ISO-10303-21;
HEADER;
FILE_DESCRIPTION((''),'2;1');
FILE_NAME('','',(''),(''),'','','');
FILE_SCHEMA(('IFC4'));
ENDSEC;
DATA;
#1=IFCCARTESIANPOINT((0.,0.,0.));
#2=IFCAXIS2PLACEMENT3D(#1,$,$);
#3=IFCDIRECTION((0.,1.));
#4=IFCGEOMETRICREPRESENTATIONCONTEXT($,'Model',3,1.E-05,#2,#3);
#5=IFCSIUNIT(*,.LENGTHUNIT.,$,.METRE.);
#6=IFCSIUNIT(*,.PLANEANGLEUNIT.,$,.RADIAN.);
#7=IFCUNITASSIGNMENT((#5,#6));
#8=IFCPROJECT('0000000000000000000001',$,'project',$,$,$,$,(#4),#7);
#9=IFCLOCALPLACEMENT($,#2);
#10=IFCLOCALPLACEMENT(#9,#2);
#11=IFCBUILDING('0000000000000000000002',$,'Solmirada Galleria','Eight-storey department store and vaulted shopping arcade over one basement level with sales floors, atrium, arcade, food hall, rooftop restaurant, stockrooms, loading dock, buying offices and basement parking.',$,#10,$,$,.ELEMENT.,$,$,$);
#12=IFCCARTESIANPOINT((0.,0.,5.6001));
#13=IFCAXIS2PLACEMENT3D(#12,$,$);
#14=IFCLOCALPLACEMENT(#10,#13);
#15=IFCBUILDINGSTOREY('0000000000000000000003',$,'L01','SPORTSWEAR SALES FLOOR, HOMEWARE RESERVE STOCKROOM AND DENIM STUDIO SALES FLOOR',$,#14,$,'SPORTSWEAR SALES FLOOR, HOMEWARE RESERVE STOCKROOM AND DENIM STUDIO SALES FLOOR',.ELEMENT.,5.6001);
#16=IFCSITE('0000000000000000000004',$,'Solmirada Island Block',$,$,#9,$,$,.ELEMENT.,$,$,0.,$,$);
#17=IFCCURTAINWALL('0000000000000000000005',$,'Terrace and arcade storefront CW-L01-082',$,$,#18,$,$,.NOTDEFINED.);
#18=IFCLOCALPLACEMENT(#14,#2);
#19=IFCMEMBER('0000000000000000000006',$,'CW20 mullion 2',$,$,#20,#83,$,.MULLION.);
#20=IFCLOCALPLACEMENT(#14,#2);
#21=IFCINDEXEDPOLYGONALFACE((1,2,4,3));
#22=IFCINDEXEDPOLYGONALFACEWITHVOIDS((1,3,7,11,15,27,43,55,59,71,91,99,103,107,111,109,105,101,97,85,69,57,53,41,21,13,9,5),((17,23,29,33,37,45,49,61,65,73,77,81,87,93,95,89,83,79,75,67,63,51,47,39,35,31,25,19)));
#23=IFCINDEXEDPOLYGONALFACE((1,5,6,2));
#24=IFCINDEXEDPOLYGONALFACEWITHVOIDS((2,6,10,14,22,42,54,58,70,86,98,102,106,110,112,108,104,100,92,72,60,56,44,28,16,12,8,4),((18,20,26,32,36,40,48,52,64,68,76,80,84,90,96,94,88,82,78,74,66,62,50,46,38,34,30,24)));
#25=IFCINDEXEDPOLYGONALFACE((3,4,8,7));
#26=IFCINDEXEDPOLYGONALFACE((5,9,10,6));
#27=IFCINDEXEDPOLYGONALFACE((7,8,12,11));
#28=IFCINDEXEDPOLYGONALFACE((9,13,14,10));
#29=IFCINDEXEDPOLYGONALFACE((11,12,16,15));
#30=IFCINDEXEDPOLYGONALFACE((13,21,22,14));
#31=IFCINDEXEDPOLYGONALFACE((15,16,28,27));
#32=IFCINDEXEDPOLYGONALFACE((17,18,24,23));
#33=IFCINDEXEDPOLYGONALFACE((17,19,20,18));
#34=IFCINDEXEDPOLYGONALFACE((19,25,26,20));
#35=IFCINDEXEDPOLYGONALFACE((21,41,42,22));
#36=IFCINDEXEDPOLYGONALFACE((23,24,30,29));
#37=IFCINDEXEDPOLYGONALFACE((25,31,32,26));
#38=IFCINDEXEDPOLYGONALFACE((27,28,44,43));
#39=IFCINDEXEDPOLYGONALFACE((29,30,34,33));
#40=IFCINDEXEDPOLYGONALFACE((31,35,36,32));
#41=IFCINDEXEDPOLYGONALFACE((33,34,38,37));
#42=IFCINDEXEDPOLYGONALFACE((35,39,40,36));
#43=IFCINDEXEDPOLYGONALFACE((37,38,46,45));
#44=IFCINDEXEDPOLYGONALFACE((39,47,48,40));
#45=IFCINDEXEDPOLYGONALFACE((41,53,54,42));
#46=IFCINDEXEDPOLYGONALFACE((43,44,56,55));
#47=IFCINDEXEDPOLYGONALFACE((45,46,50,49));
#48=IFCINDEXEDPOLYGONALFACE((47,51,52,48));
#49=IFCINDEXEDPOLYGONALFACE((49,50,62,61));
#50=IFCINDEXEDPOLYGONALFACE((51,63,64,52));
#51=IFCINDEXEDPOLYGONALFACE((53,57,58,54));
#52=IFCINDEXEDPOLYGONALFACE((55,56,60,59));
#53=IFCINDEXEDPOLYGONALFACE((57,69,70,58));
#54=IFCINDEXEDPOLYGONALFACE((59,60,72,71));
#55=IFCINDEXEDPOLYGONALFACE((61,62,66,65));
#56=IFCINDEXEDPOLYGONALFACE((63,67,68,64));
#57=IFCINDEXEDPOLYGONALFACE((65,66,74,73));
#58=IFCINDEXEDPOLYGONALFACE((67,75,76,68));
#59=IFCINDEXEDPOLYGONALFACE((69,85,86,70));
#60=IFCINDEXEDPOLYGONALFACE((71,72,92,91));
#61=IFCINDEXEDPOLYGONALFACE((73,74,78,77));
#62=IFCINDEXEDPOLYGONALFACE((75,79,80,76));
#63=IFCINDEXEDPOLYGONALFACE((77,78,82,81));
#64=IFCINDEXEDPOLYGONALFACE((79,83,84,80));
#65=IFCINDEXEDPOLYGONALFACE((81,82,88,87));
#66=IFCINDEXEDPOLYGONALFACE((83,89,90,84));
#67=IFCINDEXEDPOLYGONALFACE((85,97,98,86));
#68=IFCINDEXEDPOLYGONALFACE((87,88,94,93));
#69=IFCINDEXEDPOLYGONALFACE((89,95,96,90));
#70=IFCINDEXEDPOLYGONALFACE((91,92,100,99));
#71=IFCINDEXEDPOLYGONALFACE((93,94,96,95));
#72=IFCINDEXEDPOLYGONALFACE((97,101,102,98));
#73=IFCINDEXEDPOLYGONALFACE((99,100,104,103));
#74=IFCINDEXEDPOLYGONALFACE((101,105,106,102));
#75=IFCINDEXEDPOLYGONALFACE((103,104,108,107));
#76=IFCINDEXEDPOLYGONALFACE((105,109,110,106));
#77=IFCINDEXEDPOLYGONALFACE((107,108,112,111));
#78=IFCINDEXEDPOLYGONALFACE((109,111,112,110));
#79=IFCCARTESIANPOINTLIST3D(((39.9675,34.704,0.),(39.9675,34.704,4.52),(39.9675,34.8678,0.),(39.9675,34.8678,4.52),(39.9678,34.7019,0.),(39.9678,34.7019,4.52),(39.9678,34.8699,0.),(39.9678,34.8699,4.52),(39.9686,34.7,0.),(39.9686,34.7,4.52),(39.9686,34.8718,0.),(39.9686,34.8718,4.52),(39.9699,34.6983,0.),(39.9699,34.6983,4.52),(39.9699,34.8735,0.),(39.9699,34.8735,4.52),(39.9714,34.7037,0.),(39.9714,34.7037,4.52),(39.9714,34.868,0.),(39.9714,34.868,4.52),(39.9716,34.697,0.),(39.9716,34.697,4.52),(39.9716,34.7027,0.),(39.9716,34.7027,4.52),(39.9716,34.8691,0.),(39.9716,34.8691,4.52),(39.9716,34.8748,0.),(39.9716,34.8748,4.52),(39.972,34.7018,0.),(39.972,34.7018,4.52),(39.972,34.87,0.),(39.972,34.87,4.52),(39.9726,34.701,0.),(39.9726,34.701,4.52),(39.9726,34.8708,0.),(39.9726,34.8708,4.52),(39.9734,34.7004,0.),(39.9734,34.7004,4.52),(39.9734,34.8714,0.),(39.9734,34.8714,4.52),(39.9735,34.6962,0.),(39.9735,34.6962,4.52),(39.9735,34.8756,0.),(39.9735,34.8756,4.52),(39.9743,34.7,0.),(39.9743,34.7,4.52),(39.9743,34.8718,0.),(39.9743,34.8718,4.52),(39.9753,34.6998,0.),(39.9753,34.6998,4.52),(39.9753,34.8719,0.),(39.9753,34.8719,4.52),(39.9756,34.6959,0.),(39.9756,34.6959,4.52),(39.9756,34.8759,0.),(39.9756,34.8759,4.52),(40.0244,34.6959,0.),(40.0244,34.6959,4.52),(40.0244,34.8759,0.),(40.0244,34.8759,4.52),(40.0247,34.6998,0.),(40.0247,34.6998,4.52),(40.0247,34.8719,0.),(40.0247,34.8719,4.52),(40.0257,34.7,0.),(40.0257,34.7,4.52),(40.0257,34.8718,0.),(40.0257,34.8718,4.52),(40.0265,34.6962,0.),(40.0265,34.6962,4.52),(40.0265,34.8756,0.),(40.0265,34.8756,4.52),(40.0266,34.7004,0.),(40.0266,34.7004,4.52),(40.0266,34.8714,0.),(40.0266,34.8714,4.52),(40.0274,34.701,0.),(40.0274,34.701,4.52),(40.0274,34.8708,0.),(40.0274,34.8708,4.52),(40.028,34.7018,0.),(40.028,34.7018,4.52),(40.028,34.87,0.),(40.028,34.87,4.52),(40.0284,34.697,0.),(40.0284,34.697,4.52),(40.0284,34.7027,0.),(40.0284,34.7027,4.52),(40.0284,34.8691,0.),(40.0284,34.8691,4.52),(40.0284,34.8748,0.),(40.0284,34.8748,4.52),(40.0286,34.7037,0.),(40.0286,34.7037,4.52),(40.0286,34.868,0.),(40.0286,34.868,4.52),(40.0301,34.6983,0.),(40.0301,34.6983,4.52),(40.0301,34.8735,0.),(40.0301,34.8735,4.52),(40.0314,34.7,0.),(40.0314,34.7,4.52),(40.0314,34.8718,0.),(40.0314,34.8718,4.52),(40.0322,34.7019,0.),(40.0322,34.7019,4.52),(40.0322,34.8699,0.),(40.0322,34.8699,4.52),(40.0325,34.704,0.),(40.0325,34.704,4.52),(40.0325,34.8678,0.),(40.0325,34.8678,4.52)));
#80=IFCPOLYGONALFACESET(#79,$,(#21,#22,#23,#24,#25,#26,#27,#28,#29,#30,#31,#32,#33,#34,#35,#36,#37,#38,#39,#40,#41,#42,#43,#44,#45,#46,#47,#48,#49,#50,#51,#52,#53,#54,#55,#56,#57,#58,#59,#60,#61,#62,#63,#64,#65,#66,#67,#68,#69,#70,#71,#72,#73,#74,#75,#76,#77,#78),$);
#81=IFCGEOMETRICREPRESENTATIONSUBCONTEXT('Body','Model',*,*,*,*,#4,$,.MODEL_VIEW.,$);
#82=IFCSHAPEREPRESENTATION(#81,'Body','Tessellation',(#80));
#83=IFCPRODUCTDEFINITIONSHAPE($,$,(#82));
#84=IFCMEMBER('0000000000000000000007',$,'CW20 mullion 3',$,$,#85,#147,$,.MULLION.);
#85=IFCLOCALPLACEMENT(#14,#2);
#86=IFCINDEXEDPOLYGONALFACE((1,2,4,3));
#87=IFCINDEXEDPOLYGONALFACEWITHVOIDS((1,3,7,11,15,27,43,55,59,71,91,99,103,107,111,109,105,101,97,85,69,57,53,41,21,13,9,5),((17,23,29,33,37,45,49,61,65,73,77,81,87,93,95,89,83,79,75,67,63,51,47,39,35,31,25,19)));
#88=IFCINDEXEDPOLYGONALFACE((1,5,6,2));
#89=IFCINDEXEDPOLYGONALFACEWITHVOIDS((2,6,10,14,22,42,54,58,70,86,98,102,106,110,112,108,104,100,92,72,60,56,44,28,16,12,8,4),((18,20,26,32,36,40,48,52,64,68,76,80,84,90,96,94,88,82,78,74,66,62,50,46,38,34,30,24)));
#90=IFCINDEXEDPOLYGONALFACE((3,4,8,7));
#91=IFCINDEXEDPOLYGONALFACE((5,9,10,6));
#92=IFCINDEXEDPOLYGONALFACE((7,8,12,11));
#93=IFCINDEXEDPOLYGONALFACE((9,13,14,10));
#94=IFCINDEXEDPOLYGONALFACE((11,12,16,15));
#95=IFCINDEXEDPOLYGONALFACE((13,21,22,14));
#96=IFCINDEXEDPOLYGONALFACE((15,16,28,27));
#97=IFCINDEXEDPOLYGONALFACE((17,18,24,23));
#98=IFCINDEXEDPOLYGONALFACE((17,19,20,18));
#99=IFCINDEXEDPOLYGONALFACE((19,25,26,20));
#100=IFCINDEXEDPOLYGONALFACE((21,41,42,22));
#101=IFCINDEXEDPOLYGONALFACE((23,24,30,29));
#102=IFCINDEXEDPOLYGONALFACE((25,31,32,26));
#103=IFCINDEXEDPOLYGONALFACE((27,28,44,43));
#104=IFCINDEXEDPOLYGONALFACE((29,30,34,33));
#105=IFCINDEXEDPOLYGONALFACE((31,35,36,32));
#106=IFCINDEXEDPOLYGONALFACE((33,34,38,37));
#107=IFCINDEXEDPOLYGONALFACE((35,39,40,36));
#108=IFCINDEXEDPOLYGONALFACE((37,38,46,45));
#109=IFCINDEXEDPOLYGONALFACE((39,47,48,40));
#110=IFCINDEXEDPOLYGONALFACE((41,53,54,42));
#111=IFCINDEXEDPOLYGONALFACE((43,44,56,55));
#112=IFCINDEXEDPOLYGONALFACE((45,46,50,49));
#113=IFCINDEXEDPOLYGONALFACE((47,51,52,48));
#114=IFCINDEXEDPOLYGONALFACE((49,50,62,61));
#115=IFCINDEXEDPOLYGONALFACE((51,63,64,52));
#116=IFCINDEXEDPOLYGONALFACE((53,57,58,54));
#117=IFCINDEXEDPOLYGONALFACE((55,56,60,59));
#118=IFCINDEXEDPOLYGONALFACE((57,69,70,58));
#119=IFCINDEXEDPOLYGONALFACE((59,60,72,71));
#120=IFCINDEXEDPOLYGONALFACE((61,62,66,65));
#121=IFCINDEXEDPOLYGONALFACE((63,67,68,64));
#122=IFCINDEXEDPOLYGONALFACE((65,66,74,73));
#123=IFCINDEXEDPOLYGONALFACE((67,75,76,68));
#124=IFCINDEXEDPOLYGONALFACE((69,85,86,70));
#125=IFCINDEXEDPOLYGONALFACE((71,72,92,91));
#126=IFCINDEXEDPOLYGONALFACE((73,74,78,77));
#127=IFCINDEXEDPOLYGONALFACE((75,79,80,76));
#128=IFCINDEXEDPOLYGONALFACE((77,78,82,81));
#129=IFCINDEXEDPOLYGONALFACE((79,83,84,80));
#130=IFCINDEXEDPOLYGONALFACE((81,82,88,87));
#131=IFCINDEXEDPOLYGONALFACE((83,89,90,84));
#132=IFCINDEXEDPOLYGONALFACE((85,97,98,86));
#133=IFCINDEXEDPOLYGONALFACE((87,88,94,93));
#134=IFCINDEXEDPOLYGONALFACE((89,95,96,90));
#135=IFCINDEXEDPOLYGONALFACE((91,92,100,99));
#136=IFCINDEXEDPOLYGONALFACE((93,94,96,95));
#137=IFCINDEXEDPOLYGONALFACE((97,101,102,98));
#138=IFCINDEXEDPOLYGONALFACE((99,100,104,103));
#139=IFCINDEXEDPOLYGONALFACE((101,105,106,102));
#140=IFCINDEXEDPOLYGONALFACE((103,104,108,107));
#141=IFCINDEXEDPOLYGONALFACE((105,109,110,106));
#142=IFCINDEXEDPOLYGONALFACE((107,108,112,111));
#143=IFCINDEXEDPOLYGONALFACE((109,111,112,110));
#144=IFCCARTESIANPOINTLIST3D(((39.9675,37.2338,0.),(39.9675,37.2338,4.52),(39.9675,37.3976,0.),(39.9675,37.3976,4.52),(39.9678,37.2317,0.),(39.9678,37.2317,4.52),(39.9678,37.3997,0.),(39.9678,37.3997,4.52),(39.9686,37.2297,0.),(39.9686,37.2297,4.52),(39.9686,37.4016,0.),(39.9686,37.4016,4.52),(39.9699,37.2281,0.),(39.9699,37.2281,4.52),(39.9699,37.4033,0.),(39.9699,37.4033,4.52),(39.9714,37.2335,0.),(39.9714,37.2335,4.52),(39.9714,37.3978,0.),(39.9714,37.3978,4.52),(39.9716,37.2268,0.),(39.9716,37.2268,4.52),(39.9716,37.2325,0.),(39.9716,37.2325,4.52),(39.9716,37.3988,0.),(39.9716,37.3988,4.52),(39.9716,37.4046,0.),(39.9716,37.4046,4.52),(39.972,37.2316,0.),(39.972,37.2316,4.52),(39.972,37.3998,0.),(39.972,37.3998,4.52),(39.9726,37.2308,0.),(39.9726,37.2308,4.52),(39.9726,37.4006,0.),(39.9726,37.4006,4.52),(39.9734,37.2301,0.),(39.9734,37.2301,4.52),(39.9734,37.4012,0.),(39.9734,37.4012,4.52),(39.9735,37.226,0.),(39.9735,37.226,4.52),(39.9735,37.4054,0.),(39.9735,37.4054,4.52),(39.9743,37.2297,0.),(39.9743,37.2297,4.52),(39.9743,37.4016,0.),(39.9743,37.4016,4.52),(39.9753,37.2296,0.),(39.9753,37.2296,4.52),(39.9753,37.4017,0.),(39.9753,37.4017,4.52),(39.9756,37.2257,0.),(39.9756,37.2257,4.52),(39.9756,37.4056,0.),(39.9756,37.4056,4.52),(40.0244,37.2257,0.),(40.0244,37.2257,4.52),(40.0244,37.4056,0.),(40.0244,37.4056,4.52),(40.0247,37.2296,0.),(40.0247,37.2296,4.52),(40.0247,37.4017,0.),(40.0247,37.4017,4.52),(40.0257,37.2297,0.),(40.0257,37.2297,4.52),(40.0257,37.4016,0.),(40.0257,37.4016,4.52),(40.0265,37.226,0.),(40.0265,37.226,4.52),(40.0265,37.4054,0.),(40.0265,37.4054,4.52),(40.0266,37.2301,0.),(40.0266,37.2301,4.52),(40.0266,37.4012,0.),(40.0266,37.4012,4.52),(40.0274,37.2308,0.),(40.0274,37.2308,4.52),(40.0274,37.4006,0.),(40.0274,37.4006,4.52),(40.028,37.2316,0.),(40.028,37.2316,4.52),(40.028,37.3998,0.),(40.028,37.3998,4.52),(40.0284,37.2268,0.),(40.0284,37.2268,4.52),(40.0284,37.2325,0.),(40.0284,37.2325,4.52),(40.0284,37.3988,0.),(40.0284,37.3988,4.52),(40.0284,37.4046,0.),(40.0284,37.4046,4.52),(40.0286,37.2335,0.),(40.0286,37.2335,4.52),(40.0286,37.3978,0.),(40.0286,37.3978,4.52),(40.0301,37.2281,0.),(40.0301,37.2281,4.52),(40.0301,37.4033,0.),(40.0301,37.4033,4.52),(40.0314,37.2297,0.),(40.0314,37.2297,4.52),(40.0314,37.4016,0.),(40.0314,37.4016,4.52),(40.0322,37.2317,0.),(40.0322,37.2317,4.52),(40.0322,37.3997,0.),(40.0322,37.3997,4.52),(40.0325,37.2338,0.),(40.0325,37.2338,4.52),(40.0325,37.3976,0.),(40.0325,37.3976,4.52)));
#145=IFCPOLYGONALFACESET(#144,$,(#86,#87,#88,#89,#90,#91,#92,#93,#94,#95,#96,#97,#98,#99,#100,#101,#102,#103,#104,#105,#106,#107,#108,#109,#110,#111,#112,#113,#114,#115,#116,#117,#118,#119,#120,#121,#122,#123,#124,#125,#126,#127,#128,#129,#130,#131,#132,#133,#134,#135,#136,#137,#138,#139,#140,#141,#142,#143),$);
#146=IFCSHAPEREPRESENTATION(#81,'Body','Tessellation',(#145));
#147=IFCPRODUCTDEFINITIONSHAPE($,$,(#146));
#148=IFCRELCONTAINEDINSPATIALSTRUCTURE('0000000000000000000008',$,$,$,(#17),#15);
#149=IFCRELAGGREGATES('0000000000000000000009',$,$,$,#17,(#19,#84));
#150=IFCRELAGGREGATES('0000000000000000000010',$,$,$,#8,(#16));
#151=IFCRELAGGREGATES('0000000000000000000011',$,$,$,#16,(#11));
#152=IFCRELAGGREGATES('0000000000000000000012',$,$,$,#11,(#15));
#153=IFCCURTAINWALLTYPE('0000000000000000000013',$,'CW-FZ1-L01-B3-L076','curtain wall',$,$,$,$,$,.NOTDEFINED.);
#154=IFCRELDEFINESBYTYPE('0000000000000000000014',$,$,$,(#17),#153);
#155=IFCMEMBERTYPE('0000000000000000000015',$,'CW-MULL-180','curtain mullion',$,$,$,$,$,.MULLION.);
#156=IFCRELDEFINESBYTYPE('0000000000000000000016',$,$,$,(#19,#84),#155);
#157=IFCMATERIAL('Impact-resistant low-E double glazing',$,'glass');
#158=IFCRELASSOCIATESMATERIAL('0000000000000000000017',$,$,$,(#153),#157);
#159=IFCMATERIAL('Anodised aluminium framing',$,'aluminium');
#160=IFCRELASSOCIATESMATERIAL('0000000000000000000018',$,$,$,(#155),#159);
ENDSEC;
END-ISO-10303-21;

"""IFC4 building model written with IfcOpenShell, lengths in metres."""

from ifc_helpers import new_model, si_unit, direction, frame, origin, origin_2d, place, context, subcontext, project, spatial, hollow_rectangle, extrude, material, material_profile, profile_set, type_object, element, aggregate, save


model = new_model("IFC4")

# Units and contexts
model_context = context("Model", 3, precision=1e-05, world=origin(), true_north=direction((0.0, 1.0)))
body_context = subcontext(model_context, "Body", "Model", "MODEL_VIEW")
ifc_project = project(units=[si_unit("LENGTHUNIT", "METRE"), si_unit("PLANEANGLEUNIT", "RADIAN")], contexts=[model_context])

# Site, building, storey
site_placement = place(None, origin())
site = spatial("IfcSite", under=ifc_project, at=site_placement, Name="Solmirada Island Block", CompositionType="ELEMENT", RefElevation=0.0)
building_placement = place(site_placement, origin())
building = spatial("IfcBuilding", under=site, at=building_placement, Name="Solmirada Galleria", Description="Eight-storey department store and vaulted shopping arcade over one basement level with sales floors, atrium, arcade, food hall, rooftop restaurant, stockrooms, loading dock, buying offices and basement parking.", CompositionType="ELEMENT")
storey_placement = place(building_placement, frame((0.0, 0.0, 5.6001)))
storey = spatial("IfcBuildingStorey", under=building, at=storey_placement, Name="L01", Description="SPORTSWEAR SALES FLOOR, HOMEWARE RESERVE STOCKROOM AND DENIM STUDIO SALES FLOOR", LongName="SPORTSWEAR SALES FLOOR, HOMEWARE RESERVE STOCKROOM AND DENIM STUDIO SALES FLOOR", CompositionType="ELEMENT", Elevation=5.6001)

# Shared definitions
ifc_material_1 = material(Name="Impact-resistant low-E double glazing", Category="glass")
curtain_wall_type = type_object("IfcCurtainWallType", Name="CW-FZ1-L01-B3-L076", Description="curtain wall", PredefinedType="NOTDEFINED", material=ifc_material_1)
ifc_material_2 = material(Name="Anodised aluminium framing", Category="aluminium")
ifc_material_profile_1 = material_profile(ifc_material_2, hollow_rectangle(XDim=0.0649, YDim=0.1799, WallThickness=0.0039, InnerFilletRadius=0.0039, OuterFilletRadius=0.0081, at=origin_2d()), Name="ALU-MULL-180X65")
ifc_profile_set_1 = profile_set([ifc_material_profile_1], Name="Anodised aluminium framing")
member_type_1 = type_object("IfcMemberType", Name="CW-MULL-180", Description="curtain mullion", PredefinedType="MULLION", material=ifc_profile_set_1)

# Curtain wall, members
curtain_wall_1_placement = place(storey_placement, origin())
curtain_wall_1 = element("IfcCurtainWall", 1, at=curtain_wall_1_placement, inside=storey, type_object=curtain_wall_type, Name="Terrace and arcade storefront CW-L01-082", PredefinedType="NOTDEFINED")
member_1_placement = place(storey_placement, frame((40.0, 34.7859, 0.0), z_axis=(0.0, 0.0, 1.0), x_axis=(-1.0, 0.0, 0.0)))
member_1 = element("IfcMember", 2, at=member_1_placement, type_object=member_type_1, Name="CW20 mullion 2", PredefinedType="MULLION", context=body_context, shape_type="SweptSolid", body=[
    extrude(hollow_rectangle(XDim=0.0649, YDim=0.1799, WallThickness=0.0039, InnerFilletRadius=0.0039, OuterFilletRadius=0.0081, at=origin_2d()), origin(), (0.0, 0.0, 1.0), 4.52),
])
member_2_placement = place(storey_placement, frame((40.0, 37.3157, 0.0), z_axis=(0.0, 0.0, 1.0), x_axis=(-1.0, 0.0, 0.0)))
member_2 = element("IfcMember", 3, at=member_2_placement, type_object=member_type_1, Name="CW20 mullion 3", PredefinedType="MULLION", context=body_context, shape_type="SweptSolid", body=[
    extrude(hollow_rectangle(XDim=0.0649, YDim=0.1799, WallThickness=0.0039, InnerFilletRadius=0.0039, OuterFilletRadius=0.0081, at=origin_2d()), origin(), (0.0, 0.0, 1.0), 4.52),
])

aggregate(curtain_wall_1, [member_1, member_2])

save(model, "model.ifc")
